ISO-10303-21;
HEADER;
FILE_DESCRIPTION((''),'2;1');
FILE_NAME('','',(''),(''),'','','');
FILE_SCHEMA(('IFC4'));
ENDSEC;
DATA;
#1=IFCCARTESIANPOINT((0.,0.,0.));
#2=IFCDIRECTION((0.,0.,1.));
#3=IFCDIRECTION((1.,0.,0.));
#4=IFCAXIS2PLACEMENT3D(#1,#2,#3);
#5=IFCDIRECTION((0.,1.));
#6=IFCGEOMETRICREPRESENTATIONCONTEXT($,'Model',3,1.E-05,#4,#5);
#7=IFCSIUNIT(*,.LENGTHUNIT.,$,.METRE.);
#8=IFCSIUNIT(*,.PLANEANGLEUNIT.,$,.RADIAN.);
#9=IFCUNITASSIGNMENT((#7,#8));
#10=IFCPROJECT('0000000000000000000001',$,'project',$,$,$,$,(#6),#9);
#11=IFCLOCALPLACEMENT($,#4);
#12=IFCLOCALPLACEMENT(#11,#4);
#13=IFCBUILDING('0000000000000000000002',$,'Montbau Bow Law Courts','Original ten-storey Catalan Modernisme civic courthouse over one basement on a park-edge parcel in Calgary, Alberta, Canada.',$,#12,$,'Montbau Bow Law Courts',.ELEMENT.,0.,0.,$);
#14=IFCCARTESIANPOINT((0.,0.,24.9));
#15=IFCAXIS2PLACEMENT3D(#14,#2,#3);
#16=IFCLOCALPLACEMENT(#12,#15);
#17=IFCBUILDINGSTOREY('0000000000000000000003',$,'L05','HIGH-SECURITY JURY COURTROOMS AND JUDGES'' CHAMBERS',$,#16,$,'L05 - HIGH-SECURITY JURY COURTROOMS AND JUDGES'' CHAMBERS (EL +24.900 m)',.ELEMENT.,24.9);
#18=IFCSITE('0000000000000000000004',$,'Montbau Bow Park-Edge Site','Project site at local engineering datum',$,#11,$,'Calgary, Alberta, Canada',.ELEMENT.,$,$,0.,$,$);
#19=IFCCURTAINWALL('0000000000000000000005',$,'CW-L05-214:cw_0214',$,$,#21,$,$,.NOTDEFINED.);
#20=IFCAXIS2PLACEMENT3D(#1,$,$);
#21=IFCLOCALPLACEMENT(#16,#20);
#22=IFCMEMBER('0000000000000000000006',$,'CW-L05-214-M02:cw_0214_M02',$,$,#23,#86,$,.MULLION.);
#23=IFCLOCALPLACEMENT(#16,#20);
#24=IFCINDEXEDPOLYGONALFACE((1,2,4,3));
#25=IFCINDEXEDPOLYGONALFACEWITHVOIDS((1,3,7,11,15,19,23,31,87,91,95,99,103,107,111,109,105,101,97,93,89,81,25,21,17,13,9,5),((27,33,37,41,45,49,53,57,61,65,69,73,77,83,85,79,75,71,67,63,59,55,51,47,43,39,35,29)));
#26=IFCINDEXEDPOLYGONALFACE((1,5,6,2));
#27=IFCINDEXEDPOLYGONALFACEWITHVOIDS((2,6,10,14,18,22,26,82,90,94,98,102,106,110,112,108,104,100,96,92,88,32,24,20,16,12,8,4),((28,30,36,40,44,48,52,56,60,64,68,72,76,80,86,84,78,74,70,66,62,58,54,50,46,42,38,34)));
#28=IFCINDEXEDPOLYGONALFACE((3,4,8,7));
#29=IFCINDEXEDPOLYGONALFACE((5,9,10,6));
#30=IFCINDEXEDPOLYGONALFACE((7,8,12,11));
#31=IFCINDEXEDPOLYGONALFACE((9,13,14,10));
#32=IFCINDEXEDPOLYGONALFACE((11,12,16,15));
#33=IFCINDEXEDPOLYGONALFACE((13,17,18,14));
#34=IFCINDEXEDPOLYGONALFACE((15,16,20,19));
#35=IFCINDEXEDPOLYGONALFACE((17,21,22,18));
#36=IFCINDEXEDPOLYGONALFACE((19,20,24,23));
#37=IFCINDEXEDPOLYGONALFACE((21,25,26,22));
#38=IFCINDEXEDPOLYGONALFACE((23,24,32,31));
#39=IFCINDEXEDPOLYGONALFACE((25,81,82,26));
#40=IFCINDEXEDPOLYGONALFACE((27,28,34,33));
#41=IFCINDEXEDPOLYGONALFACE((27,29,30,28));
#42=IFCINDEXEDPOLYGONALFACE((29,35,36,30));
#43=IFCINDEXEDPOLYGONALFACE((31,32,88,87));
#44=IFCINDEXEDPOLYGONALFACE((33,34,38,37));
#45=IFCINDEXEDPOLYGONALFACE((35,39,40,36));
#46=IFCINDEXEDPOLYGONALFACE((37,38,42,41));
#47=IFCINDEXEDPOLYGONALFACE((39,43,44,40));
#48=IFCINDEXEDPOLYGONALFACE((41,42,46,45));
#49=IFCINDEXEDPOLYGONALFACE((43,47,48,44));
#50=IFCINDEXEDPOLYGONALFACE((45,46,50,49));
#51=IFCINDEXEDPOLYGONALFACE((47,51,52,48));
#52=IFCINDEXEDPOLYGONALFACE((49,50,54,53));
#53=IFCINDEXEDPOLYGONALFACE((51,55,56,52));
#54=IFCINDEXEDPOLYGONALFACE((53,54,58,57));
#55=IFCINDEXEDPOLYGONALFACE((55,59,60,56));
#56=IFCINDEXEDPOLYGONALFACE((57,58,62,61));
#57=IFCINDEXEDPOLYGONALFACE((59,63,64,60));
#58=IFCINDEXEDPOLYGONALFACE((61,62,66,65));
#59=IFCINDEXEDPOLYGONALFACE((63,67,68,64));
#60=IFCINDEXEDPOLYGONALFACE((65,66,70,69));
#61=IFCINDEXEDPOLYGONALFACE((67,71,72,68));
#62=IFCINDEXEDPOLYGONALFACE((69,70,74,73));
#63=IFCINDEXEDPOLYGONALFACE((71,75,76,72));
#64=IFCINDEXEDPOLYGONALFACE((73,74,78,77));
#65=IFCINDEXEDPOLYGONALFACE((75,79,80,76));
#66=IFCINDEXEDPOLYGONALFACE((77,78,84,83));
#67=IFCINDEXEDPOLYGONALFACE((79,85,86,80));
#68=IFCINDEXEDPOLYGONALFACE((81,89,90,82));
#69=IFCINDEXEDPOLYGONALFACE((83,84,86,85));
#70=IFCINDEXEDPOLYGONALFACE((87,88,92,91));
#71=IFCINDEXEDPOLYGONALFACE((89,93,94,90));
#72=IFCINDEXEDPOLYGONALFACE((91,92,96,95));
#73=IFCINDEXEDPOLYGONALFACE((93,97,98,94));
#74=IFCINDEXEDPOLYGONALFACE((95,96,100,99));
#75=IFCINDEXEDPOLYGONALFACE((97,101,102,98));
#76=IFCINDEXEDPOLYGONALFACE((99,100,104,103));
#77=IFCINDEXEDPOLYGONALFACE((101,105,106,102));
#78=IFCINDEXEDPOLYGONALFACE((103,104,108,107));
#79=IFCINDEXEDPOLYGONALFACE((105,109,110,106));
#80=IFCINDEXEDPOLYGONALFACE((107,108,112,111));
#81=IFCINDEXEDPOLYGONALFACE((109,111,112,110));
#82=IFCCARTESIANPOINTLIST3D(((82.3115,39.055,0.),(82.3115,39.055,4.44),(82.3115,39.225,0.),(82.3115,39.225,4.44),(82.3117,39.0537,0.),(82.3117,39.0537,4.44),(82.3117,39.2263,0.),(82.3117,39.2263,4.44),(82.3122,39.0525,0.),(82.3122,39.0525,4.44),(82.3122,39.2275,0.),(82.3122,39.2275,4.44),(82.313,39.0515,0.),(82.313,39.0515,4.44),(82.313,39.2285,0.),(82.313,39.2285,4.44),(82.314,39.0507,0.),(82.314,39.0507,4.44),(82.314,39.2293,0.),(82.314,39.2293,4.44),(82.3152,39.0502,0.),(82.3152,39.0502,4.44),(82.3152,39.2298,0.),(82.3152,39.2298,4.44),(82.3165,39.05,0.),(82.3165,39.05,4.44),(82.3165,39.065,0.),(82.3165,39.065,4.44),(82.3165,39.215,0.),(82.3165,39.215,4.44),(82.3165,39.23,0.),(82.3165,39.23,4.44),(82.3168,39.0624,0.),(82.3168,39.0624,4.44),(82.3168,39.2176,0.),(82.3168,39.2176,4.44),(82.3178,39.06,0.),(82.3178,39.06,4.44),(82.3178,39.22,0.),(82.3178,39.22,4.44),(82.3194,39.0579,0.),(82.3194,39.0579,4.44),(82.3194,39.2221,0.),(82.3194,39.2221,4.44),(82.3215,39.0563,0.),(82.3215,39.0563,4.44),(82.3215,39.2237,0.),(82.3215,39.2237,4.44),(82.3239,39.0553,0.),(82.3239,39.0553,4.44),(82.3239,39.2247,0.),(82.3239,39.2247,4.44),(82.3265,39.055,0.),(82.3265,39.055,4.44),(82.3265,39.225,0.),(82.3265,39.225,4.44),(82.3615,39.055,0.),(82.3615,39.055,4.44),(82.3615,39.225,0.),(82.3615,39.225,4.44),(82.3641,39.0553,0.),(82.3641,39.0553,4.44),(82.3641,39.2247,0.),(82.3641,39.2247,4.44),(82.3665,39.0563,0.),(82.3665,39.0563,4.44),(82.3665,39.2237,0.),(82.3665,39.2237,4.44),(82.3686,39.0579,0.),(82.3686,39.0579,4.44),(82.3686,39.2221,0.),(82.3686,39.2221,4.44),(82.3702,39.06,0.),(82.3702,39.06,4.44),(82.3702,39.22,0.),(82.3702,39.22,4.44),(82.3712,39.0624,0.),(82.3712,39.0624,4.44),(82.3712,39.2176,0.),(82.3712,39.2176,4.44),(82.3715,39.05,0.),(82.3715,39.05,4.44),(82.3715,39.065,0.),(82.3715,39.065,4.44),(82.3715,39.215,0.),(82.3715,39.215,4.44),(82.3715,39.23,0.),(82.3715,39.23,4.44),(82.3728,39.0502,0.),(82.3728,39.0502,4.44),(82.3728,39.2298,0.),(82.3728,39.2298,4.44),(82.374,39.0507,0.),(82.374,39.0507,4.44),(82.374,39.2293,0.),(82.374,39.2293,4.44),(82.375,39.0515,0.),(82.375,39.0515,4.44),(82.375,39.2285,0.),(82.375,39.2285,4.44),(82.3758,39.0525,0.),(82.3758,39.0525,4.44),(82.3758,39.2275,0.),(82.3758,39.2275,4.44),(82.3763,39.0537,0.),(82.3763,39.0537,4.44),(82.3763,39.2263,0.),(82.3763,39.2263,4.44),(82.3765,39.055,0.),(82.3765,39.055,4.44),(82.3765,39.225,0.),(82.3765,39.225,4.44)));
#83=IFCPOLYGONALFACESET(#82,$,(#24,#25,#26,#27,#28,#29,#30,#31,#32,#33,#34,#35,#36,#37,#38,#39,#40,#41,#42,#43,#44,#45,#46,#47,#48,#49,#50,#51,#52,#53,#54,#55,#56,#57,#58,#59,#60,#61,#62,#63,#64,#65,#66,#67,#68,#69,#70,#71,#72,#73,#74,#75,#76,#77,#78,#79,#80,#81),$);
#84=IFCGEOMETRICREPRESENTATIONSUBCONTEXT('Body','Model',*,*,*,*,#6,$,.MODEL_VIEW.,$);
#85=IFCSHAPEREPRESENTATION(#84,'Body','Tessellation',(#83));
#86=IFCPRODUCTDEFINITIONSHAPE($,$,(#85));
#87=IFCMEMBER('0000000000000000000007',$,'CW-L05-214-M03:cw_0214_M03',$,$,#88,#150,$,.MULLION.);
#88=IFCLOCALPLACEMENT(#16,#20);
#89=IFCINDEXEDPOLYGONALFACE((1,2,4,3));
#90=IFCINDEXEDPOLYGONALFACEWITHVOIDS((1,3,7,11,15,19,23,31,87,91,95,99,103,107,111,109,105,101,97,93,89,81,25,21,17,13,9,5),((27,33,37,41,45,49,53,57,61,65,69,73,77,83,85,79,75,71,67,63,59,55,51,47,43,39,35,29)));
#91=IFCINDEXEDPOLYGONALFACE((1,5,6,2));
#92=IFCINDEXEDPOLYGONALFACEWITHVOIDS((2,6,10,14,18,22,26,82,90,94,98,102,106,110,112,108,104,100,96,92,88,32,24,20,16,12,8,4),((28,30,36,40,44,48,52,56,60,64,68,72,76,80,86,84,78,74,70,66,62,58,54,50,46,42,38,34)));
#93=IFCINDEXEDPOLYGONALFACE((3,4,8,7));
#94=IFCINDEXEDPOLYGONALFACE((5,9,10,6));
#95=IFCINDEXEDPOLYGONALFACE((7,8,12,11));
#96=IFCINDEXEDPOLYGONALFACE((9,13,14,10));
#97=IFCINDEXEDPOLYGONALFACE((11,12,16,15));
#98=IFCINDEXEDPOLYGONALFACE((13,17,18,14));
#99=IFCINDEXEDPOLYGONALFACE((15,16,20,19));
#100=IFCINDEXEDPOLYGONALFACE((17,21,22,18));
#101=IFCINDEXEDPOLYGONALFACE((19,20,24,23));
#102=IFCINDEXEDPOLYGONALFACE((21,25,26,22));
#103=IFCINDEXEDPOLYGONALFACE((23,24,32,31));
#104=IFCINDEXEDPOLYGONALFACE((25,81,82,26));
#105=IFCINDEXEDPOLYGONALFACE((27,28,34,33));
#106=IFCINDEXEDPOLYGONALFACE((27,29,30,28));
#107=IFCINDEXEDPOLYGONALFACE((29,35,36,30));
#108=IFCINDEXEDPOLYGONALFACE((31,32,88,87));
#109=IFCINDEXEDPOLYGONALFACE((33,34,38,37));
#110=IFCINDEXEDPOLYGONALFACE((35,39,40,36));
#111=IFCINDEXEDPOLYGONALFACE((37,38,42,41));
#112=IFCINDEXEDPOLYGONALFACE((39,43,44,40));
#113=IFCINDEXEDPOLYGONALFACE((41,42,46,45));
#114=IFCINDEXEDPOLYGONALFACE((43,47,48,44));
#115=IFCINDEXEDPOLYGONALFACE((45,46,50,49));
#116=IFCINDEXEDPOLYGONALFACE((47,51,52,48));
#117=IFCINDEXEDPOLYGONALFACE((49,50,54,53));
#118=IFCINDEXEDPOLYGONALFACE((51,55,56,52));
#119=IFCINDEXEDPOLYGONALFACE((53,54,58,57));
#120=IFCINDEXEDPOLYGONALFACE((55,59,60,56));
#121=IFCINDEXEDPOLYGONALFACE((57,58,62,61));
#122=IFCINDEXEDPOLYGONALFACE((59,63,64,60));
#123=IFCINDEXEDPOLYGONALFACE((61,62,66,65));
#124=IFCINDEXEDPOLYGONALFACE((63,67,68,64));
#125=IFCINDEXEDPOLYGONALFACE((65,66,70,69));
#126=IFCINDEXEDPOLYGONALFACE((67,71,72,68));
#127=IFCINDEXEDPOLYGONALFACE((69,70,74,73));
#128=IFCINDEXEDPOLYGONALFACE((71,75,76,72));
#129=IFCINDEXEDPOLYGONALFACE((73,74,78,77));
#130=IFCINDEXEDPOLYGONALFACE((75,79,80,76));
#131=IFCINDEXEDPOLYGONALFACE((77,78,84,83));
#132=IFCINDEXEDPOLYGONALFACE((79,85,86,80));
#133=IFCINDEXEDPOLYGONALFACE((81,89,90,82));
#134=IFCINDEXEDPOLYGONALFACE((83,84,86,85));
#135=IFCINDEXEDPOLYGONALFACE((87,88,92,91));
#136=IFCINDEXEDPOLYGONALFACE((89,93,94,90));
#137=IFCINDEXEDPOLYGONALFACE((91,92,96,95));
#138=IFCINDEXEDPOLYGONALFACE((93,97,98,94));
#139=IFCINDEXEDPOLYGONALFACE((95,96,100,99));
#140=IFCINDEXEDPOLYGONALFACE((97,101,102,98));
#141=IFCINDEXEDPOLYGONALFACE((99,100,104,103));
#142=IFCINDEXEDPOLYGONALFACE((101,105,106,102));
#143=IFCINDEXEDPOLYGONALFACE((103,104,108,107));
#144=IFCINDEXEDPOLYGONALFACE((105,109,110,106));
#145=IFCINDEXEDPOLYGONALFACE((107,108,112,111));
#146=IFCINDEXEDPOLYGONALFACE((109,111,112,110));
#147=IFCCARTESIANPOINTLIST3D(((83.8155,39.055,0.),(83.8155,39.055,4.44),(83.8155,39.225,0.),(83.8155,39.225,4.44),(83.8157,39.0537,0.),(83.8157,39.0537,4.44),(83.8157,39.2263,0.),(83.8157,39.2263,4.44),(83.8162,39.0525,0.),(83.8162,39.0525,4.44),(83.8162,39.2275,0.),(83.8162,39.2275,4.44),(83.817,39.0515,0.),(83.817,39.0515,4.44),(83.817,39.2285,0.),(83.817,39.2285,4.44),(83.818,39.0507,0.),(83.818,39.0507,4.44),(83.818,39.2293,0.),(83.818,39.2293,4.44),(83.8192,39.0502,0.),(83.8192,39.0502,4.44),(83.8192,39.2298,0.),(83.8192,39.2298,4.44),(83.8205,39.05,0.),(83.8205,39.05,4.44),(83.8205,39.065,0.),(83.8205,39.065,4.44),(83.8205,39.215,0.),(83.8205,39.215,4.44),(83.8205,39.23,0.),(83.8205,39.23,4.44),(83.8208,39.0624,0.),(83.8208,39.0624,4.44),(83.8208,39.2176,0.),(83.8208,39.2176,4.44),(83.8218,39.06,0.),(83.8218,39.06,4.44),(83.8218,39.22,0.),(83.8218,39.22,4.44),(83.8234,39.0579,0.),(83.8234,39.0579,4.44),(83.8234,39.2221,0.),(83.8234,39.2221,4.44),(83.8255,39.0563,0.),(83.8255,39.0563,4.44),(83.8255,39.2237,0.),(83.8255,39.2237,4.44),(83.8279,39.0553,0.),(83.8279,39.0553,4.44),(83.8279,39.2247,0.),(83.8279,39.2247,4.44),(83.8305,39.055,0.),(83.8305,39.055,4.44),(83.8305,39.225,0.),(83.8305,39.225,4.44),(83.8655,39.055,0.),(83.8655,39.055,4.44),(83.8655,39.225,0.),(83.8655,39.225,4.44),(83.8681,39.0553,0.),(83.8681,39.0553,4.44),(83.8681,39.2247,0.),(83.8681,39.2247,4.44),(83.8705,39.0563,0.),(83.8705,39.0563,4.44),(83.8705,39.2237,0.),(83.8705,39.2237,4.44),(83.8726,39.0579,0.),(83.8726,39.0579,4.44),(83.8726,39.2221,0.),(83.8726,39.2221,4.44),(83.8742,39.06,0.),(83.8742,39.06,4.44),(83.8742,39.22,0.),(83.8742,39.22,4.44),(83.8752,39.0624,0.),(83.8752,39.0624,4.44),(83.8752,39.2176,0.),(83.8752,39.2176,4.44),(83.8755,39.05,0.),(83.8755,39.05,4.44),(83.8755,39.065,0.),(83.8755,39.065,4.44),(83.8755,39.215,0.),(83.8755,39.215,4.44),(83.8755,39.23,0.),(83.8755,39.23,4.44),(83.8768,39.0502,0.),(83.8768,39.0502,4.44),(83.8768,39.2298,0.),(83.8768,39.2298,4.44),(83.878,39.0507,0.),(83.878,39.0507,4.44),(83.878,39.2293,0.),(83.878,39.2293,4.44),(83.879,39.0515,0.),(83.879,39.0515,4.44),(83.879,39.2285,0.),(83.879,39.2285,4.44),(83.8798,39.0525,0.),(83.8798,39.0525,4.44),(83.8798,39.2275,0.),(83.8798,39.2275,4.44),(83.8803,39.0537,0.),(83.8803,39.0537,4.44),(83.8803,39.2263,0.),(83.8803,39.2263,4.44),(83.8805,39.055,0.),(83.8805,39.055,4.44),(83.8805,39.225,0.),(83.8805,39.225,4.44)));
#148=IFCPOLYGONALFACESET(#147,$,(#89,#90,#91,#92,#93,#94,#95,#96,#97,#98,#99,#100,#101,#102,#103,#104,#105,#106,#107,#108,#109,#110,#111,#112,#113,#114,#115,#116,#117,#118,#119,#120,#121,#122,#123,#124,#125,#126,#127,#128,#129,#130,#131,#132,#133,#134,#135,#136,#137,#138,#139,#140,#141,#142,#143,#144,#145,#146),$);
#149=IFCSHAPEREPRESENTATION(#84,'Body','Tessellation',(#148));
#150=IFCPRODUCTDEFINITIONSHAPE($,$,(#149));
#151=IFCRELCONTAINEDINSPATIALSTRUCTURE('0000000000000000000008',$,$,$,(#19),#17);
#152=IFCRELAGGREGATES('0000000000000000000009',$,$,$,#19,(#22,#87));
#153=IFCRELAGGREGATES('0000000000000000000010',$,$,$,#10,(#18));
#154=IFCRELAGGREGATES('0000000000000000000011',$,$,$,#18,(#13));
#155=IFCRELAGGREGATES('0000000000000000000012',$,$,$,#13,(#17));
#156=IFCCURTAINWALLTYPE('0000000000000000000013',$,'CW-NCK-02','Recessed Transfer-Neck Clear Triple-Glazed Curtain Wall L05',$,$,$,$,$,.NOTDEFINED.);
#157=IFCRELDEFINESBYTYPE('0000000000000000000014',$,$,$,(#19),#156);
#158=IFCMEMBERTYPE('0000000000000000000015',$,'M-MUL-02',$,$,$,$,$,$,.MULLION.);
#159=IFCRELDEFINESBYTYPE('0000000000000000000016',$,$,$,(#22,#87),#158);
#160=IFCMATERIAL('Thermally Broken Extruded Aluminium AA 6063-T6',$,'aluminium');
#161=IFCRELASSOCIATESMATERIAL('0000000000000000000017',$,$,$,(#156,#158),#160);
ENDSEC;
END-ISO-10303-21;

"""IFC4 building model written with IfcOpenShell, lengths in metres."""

from ifc_helpers import new_model, si_unit, direction, frame, origin_with_axes, origin_2d_with_axis, place, context, subcontext, project, spatial, hollow_rectangle, extrude, material, material_profile, profile_set, type_object, element, aggregate, save


model = new_model("IFC4")

# Units and contexts
model_context = context("Model", 3, precision=1e-05, world=origin_with_axes(), true_north=direction((0.0, 1.0)))
body_context = subcontext(model_context, "Body", "Model", "MODEL_VIEW")
ifc_project = project(units=[si_unit("LENGTHUNIT", "METRE"), si_unit("PLANEANGLEUNIT", "RADIAN")], contexts=[model_context])

# Site, building, storey
site_placement = place(None, origin_with_axes())
site = spatial("IfcSite", under=ifc_project, at=site_placement, Name="Montbau Bow Park-Edge Site", Description="Project site at local engineering datum", LongName="Calgary, Alberta, Canada", CompositionType="ELEMENT", RefElevation=0.0)
building_placement = place(site_placement, origin_with_axes())
building = spatial("IfcBuilding", under=site, at=building_placement, Name="Montbau Bow Law Courts", Description="Original ten-storey Catalan Modernisme civic courthouse over one basement on a park-edge parcel in Calgary, Alberta, Canada.", LongName="Montbau Bow Law Courts", CompositionType="ELEMENT", ElevationOfRefHeight=0.0, ElevationOfTerrain=0.0)
storey_placement = place(building_placement, frame((0.0, 0.0, 24.9), z_axis=(0.0, 0.0, 1.0), x_axis=(1.0, 0.0, 0.0)))
storey = spatial("IfcBuildingStorey", under=building, at=storey_placement, Name="L05", Description="HIGH-SECURITY JURY COURTROOMS AND JUDGES' CHAMBERS", LongName="L05 - HIGH-SECURITY JURY COURTROOMS AND JUDGES' CHAMBERS (EL +24.900 m)", CompositionType="ELEMENT", Elevation=24.9)

# Curtain wall, members
ifc_material_1 = material(Name="Thermally Broken Extruded Aluminium AA 6063-T6", Category="aluminium")
curtain_wall_type = type_object("IfcCurtainWallType", Name="CW-NCK-02", Description="Recessed Transfer-Neck Clear Triple-Glazed Curtain Wall L05", PredefinedType="NOTDEFINED", material=ifc_material_1)
curtain_wall_placement = place(None, frame((80.84, 39.14, 24.9), z_axis=(0.0, 0.0, 1.0), x_axis=(1.0, 0.0, 0.0)))
curtain_wall = element("IfcCurtainWall", 1, at=curtain_wall_placement, inside=storey, type_object=curtain_wall_type, Name="CW-L05-214:cw_0214", PredefinedType="NOTDEFINED")
ifc_material_profile_1 = material_profile(ifc_material_1, hollow_rectangle(XDim=0.065, YDim=0.18, WallThickness=0.005, InnerFilletRadius=0.01, OuterFilletRadius=0.005, at=origin_2d_with_axis()), Name="CWM-180X65", Category="Main", Priority=0)
ifc_profile_set_1 = profile_set([ifc_material_profile_1], Name="Thermally Broken Extruded Aluminium AA 6063-T6")
member_type_1 = type_object("IfcMemberType", Name="M-MUL-02", PredefinedType="MULLION", material=ifc_profile_set_1)
member_1_placement = place(None, frame((82.344, 39.14, 24.9), z_axis=(0.0, 0.0, 1.0), x_axis=(1.0, 0.0, 0.0)))
member_1 = element("IfcMember", 2, at=member_1_placement, type_object=member_type_1, Name="CW-L05-214-M02:cw_0214_M02", PredefinedType="MULLION", context=body_context, shape_type="SweptSolid", body=[
    extrude(hollow_rectangle(XDim=0.065, YDim=0.18, WallThickness=0.005, InnerFilletRadius=0.01, OuterFilletRadius=0.005, at=origin_2d_with_axis()), origin_with_axes(), (0.0, 0.0, 1.0), 4.44),
])
member_2_placement = place(None, frame((83.848, 39.14, 24.9), z_axis=(0.0, 0.0, 1.0), x_axis=(1.0, 0.0, 0.0)))
member_2 = element("IfcMember", 3, at=member_2_placement, type_object=member_type_1, Name="CW-L05-214-M03:cw_0214_M03", PredefinedType="MULLION", context=body_context, shape_type="SweptSolid", body=[
    extrude(hollow_rectangle(XDim=0.065, YDim=0.18, WallThickness=0.005, InnerFilletRadius=0.01, OuterFilletRadius=0.005, at=origin_2d_with_axis()), origin_with_axes(), (0.0, 0.0, 1.0), 4.44),
])
aggregate(curtain_wall, [member_1, member_2])

save(model, "model.ifc")
